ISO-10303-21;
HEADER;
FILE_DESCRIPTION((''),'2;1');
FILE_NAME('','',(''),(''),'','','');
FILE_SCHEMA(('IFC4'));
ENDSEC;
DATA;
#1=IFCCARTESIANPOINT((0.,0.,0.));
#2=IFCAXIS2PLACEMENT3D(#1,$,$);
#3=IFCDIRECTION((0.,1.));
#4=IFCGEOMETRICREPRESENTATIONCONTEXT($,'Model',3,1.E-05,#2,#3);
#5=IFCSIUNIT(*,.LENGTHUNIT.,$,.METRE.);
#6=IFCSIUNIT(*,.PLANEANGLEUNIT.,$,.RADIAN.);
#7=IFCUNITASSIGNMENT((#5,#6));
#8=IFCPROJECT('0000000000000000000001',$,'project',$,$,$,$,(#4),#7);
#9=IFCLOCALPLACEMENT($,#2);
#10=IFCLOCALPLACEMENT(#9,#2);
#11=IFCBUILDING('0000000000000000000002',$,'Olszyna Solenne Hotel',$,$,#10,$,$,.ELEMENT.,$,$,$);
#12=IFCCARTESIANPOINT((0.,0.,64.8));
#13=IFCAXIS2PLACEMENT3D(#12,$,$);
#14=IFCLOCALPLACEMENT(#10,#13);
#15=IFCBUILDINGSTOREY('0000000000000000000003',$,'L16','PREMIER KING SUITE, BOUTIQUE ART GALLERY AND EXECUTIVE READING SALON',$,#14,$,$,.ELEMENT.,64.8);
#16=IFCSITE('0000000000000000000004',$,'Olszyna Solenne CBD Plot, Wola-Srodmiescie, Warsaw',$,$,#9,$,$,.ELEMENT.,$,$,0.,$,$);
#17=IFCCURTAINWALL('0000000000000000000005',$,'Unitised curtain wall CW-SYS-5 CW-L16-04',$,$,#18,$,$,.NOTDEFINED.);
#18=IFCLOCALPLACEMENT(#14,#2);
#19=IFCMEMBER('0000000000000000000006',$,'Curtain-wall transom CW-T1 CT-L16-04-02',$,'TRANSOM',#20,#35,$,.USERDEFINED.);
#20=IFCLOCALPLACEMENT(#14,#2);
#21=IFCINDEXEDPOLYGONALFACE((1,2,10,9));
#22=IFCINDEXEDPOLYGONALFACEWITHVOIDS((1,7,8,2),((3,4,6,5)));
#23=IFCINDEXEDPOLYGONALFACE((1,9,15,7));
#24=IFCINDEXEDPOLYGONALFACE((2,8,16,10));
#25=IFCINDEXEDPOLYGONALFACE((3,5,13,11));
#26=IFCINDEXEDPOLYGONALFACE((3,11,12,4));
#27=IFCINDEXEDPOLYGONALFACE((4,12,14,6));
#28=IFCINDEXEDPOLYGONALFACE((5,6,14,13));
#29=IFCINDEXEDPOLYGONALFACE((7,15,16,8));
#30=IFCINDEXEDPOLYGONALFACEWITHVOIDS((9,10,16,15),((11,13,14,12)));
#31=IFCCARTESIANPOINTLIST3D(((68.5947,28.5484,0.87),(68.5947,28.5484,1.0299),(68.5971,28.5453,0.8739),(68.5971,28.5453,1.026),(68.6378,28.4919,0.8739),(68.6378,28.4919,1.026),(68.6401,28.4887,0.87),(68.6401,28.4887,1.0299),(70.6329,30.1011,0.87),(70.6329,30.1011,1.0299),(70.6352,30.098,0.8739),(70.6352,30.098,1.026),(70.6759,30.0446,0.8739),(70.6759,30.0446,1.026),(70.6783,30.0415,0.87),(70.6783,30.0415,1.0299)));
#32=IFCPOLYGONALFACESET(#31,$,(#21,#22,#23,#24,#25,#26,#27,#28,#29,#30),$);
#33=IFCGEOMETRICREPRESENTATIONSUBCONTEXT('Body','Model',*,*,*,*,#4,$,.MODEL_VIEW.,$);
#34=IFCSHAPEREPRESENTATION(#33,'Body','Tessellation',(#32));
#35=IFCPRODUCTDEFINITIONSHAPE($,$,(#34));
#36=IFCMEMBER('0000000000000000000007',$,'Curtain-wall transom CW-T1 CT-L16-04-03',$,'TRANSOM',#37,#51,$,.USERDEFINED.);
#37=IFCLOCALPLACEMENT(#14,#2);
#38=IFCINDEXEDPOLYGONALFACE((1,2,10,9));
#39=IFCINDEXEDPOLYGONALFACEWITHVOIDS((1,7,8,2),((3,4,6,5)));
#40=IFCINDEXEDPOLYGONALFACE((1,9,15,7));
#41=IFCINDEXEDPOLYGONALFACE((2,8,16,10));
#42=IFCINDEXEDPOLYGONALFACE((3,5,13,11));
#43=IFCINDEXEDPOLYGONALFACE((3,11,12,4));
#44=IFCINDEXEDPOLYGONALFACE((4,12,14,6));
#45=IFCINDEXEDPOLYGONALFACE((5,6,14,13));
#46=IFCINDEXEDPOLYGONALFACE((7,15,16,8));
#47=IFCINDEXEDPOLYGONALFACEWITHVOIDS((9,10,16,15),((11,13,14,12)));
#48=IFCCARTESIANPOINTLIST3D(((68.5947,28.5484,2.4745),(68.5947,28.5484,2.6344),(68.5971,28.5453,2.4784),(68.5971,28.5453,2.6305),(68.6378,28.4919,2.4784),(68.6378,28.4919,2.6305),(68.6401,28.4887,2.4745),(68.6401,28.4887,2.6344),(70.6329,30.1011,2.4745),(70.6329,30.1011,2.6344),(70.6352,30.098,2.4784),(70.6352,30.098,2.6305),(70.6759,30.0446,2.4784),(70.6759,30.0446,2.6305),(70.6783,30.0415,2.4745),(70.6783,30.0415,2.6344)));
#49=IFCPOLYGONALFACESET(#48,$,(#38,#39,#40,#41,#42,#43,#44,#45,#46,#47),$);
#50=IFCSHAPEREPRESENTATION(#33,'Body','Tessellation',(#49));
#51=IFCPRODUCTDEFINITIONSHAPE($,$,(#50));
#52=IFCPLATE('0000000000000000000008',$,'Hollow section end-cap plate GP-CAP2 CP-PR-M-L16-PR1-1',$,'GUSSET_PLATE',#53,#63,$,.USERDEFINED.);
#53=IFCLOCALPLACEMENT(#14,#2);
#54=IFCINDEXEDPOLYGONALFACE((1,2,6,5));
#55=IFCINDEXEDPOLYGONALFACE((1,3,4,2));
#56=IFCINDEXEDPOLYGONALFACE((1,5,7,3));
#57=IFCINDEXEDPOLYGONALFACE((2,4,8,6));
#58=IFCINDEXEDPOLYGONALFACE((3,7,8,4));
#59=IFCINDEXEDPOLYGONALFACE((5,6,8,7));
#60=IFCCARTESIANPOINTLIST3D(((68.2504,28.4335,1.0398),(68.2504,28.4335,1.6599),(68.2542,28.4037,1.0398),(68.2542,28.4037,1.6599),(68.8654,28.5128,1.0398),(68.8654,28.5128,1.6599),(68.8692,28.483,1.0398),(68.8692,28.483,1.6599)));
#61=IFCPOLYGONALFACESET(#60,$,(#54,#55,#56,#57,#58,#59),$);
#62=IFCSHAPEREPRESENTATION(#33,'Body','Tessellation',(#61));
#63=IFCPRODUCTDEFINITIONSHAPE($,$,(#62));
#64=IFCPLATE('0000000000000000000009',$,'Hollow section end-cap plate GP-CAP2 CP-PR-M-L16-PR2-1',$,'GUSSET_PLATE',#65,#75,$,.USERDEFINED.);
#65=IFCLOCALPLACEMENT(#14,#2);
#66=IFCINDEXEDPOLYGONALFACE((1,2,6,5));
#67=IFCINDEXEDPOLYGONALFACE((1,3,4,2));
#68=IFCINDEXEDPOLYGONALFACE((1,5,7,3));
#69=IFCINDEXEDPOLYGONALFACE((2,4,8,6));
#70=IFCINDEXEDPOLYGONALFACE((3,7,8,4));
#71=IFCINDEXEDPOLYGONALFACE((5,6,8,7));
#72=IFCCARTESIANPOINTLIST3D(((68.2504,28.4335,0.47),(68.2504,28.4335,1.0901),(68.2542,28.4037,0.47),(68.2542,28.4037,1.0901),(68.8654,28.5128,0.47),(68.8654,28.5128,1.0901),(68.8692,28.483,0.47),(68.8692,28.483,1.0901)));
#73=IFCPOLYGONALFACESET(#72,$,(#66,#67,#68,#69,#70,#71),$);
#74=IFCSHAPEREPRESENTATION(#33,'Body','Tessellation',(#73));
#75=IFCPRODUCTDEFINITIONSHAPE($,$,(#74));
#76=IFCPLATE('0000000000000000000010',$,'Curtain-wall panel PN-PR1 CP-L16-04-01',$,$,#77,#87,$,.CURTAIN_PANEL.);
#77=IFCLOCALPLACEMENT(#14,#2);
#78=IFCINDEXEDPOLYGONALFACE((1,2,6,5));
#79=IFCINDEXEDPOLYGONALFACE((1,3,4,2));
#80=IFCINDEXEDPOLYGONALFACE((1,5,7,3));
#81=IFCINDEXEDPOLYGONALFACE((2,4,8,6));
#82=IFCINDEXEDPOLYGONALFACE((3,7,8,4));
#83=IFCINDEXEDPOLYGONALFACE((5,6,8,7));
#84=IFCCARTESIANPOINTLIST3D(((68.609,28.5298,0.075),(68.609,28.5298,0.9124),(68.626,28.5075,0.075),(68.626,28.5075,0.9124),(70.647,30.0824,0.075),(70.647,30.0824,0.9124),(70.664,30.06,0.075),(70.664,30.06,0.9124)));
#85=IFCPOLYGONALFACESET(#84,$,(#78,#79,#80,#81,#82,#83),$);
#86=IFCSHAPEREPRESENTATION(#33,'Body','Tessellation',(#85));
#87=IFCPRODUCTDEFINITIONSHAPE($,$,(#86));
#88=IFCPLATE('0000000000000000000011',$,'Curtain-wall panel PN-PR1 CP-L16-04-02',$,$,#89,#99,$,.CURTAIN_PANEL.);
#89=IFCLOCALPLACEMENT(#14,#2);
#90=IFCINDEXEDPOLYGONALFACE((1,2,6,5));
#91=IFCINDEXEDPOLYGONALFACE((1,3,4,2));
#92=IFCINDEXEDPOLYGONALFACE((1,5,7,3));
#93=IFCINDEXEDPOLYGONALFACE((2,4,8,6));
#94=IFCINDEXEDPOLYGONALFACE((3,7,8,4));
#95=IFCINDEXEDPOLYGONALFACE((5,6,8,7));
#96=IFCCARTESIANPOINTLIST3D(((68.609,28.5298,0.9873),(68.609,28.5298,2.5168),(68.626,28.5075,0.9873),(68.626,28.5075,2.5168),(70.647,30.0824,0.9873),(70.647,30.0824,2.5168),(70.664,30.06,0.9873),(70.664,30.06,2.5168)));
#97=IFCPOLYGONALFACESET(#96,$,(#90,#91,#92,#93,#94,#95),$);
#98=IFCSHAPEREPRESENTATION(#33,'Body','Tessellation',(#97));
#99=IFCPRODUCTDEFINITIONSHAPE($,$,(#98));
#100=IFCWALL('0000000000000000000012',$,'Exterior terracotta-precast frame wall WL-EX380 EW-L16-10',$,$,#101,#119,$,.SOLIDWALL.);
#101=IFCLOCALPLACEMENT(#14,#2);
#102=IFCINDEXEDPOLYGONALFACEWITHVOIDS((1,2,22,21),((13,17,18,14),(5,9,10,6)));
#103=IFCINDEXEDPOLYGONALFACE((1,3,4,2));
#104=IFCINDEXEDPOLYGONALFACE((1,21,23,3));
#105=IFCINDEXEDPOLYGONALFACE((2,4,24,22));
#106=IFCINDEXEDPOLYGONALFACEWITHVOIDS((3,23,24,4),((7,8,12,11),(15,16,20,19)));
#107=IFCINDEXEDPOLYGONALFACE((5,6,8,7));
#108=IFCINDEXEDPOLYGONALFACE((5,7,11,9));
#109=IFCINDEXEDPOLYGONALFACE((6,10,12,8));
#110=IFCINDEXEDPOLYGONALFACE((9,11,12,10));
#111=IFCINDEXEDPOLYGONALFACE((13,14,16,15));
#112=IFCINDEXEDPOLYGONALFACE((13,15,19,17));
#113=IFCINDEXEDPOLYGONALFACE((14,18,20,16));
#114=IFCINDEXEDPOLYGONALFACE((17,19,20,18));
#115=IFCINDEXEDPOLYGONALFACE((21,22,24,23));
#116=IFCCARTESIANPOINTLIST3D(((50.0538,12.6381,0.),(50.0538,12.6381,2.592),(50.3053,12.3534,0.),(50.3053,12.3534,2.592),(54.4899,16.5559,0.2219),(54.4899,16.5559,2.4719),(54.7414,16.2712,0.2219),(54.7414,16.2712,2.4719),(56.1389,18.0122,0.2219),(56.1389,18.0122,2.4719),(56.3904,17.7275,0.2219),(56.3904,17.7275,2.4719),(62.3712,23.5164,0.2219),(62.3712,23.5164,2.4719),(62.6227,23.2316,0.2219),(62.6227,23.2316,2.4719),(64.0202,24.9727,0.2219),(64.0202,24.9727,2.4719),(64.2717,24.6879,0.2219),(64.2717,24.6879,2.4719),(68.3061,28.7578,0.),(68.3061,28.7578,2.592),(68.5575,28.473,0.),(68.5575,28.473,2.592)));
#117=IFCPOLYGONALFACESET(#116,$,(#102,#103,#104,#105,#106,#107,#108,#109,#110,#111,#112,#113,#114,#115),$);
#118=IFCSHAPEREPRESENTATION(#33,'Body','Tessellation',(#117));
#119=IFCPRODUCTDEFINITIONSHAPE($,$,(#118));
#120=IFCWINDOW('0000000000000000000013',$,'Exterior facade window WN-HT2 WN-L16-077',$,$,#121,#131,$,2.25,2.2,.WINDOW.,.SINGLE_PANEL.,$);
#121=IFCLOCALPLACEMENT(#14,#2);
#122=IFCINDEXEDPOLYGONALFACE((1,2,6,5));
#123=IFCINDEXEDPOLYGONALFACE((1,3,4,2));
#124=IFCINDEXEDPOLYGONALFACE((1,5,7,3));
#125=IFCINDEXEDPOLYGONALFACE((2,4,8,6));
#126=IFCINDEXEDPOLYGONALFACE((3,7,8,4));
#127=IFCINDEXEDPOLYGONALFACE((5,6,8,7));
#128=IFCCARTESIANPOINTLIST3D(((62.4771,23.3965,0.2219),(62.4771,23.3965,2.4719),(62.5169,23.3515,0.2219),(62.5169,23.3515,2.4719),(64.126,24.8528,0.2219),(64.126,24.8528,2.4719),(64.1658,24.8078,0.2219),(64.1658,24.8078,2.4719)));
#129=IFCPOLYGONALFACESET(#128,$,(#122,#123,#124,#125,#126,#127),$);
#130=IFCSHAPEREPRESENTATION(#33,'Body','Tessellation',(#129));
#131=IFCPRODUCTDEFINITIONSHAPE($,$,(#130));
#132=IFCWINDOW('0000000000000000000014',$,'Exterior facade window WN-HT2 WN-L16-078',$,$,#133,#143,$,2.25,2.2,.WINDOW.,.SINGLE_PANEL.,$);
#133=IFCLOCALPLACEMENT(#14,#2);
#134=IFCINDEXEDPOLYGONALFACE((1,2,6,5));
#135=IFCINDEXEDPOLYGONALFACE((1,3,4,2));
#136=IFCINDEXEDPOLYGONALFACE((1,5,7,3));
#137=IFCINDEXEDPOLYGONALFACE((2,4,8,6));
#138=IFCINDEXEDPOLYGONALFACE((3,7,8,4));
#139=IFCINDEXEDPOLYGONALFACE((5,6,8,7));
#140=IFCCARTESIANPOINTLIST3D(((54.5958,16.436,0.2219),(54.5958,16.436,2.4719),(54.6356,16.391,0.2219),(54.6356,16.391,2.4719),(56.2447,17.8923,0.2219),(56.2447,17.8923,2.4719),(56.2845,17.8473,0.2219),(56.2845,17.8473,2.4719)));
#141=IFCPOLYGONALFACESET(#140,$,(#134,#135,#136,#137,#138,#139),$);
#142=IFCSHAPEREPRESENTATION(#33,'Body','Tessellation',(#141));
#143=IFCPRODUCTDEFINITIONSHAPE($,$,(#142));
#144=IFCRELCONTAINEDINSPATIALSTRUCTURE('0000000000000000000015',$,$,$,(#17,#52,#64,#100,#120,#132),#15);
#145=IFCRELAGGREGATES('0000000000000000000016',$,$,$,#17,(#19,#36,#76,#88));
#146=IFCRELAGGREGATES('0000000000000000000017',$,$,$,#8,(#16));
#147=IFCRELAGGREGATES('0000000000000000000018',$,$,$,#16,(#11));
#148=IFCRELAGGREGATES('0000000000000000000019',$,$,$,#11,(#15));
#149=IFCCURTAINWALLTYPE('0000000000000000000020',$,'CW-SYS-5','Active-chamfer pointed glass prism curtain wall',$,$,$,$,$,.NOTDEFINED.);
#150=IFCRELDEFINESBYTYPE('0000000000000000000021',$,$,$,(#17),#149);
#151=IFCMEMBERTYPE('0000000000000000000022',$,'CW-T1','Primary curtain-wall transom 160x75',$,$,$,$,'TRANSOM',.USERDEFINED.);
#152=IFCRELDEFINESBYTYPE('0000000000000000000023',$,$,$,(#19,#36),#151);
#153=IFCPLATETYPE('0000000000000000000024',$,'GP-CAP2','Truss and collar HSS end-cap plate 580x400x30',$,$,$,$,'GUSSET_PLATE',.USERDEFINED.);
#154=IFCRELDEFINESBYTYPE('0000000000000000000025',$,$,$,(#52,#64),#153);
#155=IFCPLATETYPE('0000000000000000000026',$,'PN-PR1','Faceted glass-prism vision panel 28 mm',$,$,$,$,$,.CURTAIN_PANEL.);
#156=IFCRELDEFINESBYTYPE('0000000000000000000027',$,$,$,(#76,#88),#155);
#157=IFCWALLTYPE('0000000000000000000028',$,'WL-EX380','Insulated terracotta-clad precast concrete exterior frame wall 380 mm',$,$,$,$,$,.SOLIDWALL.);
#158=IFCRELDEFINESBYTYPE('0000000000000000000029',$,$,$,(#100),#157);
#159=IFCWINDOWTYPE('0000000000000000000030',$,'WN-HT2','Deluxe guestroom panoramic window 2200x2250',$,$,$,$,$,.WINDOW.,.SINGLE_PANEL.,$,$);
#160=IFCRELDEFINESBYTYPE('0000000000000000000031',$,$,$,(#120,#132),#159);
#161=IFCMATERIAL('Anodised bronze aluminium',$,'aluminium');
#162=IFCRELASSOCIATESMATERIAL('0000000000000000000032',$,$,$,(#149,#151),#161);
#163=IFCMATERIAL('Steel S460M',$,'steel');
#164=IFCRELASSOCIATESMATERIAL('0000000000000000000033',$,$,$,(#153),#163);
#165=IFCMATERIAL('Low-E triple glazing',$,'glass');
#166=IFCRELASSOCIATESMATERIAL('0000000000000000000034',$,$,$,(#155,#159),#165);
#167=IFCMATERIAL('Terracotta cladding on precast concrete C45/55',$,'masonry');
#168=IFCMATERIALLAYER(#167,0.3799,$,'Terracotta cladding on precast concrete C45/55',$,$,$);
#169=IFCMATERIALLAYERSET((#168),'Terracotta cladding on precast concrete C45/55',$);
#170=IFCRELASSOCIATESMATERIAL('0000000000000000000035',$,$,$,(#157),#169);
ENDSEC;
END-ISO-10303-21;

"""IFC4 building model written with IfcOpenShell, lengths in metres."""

from ifc_helpers import new_model, si_unit, direction, frame, frame_2d, origin, origin_2d, place, context, subcontext, project, spatial, rectangle, hollow_rectangle, extrude, source, transform, mapped, material, layer, layer_set, material_profile, profile_set, type_object, type_shapes, element, fill, aggregate, save


model = new_model("IFC4")

# Units and contexts
model_context = context("Model", 3, precision=1e-05, world=origin(), true_north=direction((0.0, 1.0)))
body_context = subcontext(model_context, "Body", "Model", "MODEL_VIEW")
ifc_project = project(units=[si_unit("LENGTHUNIT", "METRE"), si_unit("PLANEANGLEUNIT", "RADIAN")], contexts=[model_context])

# Site, building, storey
site_placement = place(None, origin())
site = spatial("IfcSite", under=ifc_project, at=site_placement, Name="Olszyna Solenne CBD Plot, Wola-Srodmiescie, Warsaw", CompositionType="ELEMENT", RefElevation=0.0)
building_placement = place(site_placement, origin())
building = spatial("IfcBuilding", under=site, at=building_placement, Name="Olszyna Solenne Hotel", CompositionType="ELEMENT")
storey_placement = place(building_placement, frame((0.0, 0.0, 64.8)))
storey = spatial("IfcBuildingStorey", under=building, at=storey_placement, Name="L16", Description="PREMIER KING SUITE, BOUTIQUE ART GALLERY AND EXECUTIVE READING SALON", CompositionType="ELEMENT", Elevation=64.8)

# Shared definitions
ifc_material_1 = material(Name="Steel S460M", Category="steel")

# Curtain wall, members
ifc_material_2 = material(Name="Anodised bronze aluminium", Category="aluminium")
curtain_wall_type = type_object("IfcCurtainWallType", Name="CW-SYS-5", Description="Active-chamfer pointed glass prism curtain wall", PredefinedType="NOTDEFINED", material=ifc_material_2)
curtain_wall_placement = place(storey_placement, origin())
curtain_wall = element("IfcCurtainWall", 1, at=curtain_wall_placement, inside=storey, type_object=curtain_wall_type, Name="Unitised curtain wall CW-SYS-5 CW-L16-04", PredefinedType="NOTDEFINED")
ifc_material_profile_1 = material_profile(ifc_material_2, hollow_rectangle(XDim=0.075, YDim=0.1599, WallThickness=0.0039, at=origin_2d()), Name="TRAN 160x75x4", Category="load-bearing")
ifc_profile_set_1 = profile_set([ifc_material_profile_1], Name="Anodised bronze aluminium")
member_type_1 = type_object("IfcMemberType", Name="CW-T1", Description="Primary curtain-wall transom 160x75", ElementType="TRANSOM", PredefinedType="USERDEFINED", material=ifc_profile_set_1)
shared_shape_1 = source(origin(), body_context, "Body", "SweptSolid", [
    extrude(hollow_rectangle(XDim=0.075, YDim=0.1599, WallThickness=0.0039, at=origin_2d()), origin(), (0.0, 0.0, 1.0), 2.5623),
])
member_1_placement = place(storey_placement, frame((68.6174, 28.5186, 0.95), z_axis=(0.795449, 0.60602, 0.0), x_axis=(-0.60602, 0.795449, 0.0)))
member_1 = element("IfcMember", 2, at=member_1_placement, type_object=member_type_1, Name="Curtain-wall transom CW-T1 CT-L16-04-02", ObjectType="TRANSOM", PredefinedType="USERDEFINED", context=body_context, shape_type="MappedRepresentation", body=[
    mapped(shared_shape_1, transform((0.0, 0.0, 0.0), x_axis=(1.0, 0.0, 0.0), y_axis=(0.0, 1.0, 0.0), z_axis=(0.0, 0.0, 1.0), scale=1.0)),
])
member_2_placement = place(storey_placement, frame((68.6174, 28.5186, 2.5544), z_axis=(0.795449, 0.60602, 0.0), x_axis=(-0.60602, 0.795449, 0.0)))
member_2 = element("IfcMember", 3, at=member_2_placement, type_object=member_type_1, Name="Curtain-wall transom CW-T1 CT-L16-04-03", ObjectType="TRANSOM", PredefinedType="USERDEFINED", context=body_context, shape_type="MappedRepresentation", body=[
    mapped(shared_shape_1, transform((0.0, 0.0, 0.0), x_axis=(1.0, 0.0, 0.0), y_axis=(0.0, 1.0, 0.0), z_axis=(0.0, 0.0, 1.0), scale=1.0)),
])

# Plates
plate_type_1 = type_object("IfcPlateType", Name="GP-CAP2", Description="Truss and collar HSS end-cap plate 580x400x30", ElementType="GUSSET_PLATE", PredefinedType="USERDEFINED", material=ifc_material_1)
shared_shape_2 = source(origin(), body_context, "Body", "SweptSolid", [
    extrude(rectangle(XDim=0.03, YDim=0.6201, at=origin_2d()), origin(), (0.0, 0.0, 1.0), 0.6201),
])
for number, where, z_axis, x_axis, name in (
    (4, (68.5598, 28.4583, 1.0398), (0.0, 0.0, 1.0), (-0.12793, 0.991783, 0.0), "Hollow section end-cap plate GP-CAP2 CP-PR-M-L16-PR1-1"),
    (5, (68.5598, 28.4583, 0.47), (0.0, 0.0, 1.0), (-0.12793, 0.991783, 0.0), "Hollow section end-cap plate GP-CAP2 CP-PR-M-L16-PR2-1"),
):
    element("IfcPlate", number, at=place(storey_placement, frame(where, z_axis=z_axis, x_axis=x_axis)), inside=storey, type_object=plate_type_1, Name=name, ObjectType="GUSSET_PLATE", PredefinedType="USERDEFINED", context=body_context, shape_type="MappedRepresentation", body=[
        mapped(shared_shape_2, transform((0.0, 0.0, 0.0), x_axis=(1.0, 0.0, 0.0), y_axis=(0.0, 1.0, 0.0), z_axis=(0.0, 0.0, 1.0), scale=1.0)),
    ])

# Plates
ifc_material_3 = material(Name="Low-E triple glazing", Category="glass")
plate_type_2 = type_object("IfcPlateType", Name="PN-PR1", Description="Faceted glass-prism vision panel 28 mm", PredefinedType="CURTAIN_PANEL", material=ifc_material_3)
shared_shape_3 = source(origin(), body_context, "Body", "SweptSolid", [
    extrude(rectangle(XDim=2.562, YDim=0.0281, at=origin_2d()), origin(), (0.0, 0.0, 1.0), 0.8374),
])
plate_1_placement = place(storey_placement, frame((69.6365, 29.2949, 0.075), z_axis=(0.0, 0.0, 1.0), x_axis=(0.795473, 0.605989, 0.0)))
plate_1 = element("IfcPlate", 6, at=plate_1_placement, type_object=plate_type_2, Name="Curtain-wall panel PN-PR1 CP-L16-04-01", PredefinedType="CURTAIN_PANEL", context=body_context, shape_type="MappedRepresentation", body=[
    mapped(shared_shape_3, transform((0.0, 0.0, 0.0), x_axis=(1.0, 0.0, 0.0), y_axis=(0.0, 1.0, 0.0), z_axis=(0.0, 0.0, 1.0), scale=1.0)),
])
shared_shape_4 = source(origin(), body_context, "Body", "SweptSolid", [
    extrude(rectangle(XDim=2.562, YDim=0.0281, at=origin_2d()), origin(), (0.0, 0.0, 1.0), 1.5295),
])
plate_2_placement = place(storey_placement, frame((69.6365, 29.2949, 0.9873), z_axis=(0.0, 0.0, 1.0), x_axis=(0.795473, 0.605989, 0.0)))
plate_2 = element("IfcPlate", 7, at=plate_2_placement, type_object=plate_type_2, Name="Curtain-wall panel PN-PR1 CP-L16-04-02", PredefinedType="CURTAIN_PANEL", context=body_context, shape_type="MappedRepresentation", body=[
    mapped(shared_shape_4, transform((0.0, 0.0, 0.0), x_axis=(1.0, 0.0, 0.0), y_axis=(0.0, 1.0, 0.0), z_axis=(0.0, 0.0, 1.0), scale=1.0)),
])
aggregate(curtain_wall, [member_1, member_2, plate_1, plate_2])

# Wall, openings, windows
ifc_material_4 = material(Name="Terracotta cladding on precast concrete C45/55", Category="masonry")
ifc_layer = layer(ifc_material_4, 0.3799, Name="Terracotta cladding on precast concrete C45/55")
ifc_layer_set = layer_set([ifc_layer], Name="Terracotta cladding on precast concrete C45/55")
wall_type = type_object("IfcWallType", Name="WL-EX380", Description="Insulated terracotta-clad precast concrete exterior frame wall 380 mm", PredefinedType="SOLIDWALL", material=ifc_layer_set)
wall_placement = place(storey_placement, frame((68.4319, 28.6155, 0.0), z_axis=(0.0, 0.0, 1.0), x_axis=(-0.749537, -0.661962, 0.0)))
wall = element("IfcWall", 8, at=wall_placement, inside=storey, type_object=wall_type, Name="Exterior terracotta-precast frame wall WL-EX380 EW-L16-10", PredefinedType="SOLIDWALL", context=body_context, shape_type="SweptSolid", body=[
    extrude(rectangle(XDim=24.3513, YDim=0.3799, at=frame_2d((12.1758, 0.0))), origin(), (0.0, 0.0, 1.0), 2.592),
])
opening_1_placement = place(wall_placement, frame((5.718, 0.0, 0.2219)))
opening_1 = element("IfcOpeningElement", 9, at=opening_1_placement, cuts=wall, PredefinedType="OPENING", context=body_context, shape_type="SweptSolid", body=[
    extrude(rectangle(XDim=2.2, YDim=2.25, at=frame_2d((1.1001, 1.125))), frame((0.0, 0.2, 0.0), z_axis=(0.0, -1.0, 0.0), x_axis=(1.0, 0.0, 0.0)), (0.0, 0.0, 1.0), 0.3999),
])
opening_2_placement = place(wall_placement, frame((16.2329, 0.0, 0.2219)))
opening_2 = element("IfcOpeningElement", 10, at=opening_2_placement, cuts=wall, PredefinedType="OPENING", context=body_context, shape_type="SweptSolid", body=[
    extrude(rectangle(XDim=2.2, YDim=2.25, at=frame_2d((1.1001, 1.125))), frame((0.0, 0.2, 0.0), z_axis=(0.0, -1.0, 0.0), x_axis=(1.0, 0.0, 0.0)), (0.0, 0.0, 1.0), 0.3999),
])
window_type = type_object("IfcWindowType", Name="WN-HT2", Description="Deluxe guestroom panoramic window 2200x2250", PartitioningType="SINGLE_PANEL", PredefinedType="WINDOW", material=ifc_material_3)
shared_shape_5 = source(origin(), body_context, "Body", "SweptSolid", [
    extrude(rectangle(XDim=2.2, YDim=2.25, at=frame_2d((1.1001, 1.125))), frame((0.0, 0.03, 0.0), z_axis=(0.0, -1.0, 0.0), x_axis=(1.0, 0.0, 0.0)), (0.0, 0.0, 1.0), 0.0601),
])
type_shapes(window_type, [shared_shape_5])
window_1_placement = place(opening_1_placement, origin())
window_1 = element("IfcWindow", 11, at=window_1_placement, inside=storey, type_object=window_type, Name="Exterior facade window WN-HT2 WN-L16-077", OverallHeight=2.25, OverallWidth=2.2, PartitioningType="SINGLE_PANEL", PredefinedType="WINDOW", context=body_context, shape_type="MappedRepresentation", body=[
    mapped(shared_shape_5, transform((0.0, 0.0, 0.0), x_axis=(1.0, 0.0, 0.0), y_axis=(0.0, 1.0, 0.0), z_axis=(0.0, 0.0, 1.0), scale=1.0)),
])
fill(opening_1, window_1)
window_2_placement = place(opening_2_placement, origin())
window_2 = element("IfcWindow", 12, at=window_2_placement, inside=storey, type_object=window_type, Name="Exterior facade window WN-HT2 WN-L16-078", OverallHeight=2.25, OverallWidth=2.2, PartitioningType="SINGLE_PANEL", PredefinedType="WINDOW", context=body_context, shape_type="MappedRepresentation", body=[
    mapped(shared_shape_5, transform((0.0, 0.0, 0.0), x_axis=(1.0, 0.0, 0.0), y_axis=(0.0, 1.0, 0.0), z_axis=(0.0, 0.0, 1.0), scale=1.0)),
])
fill(opening_2, window_2)

save(model, "model.ifc")
